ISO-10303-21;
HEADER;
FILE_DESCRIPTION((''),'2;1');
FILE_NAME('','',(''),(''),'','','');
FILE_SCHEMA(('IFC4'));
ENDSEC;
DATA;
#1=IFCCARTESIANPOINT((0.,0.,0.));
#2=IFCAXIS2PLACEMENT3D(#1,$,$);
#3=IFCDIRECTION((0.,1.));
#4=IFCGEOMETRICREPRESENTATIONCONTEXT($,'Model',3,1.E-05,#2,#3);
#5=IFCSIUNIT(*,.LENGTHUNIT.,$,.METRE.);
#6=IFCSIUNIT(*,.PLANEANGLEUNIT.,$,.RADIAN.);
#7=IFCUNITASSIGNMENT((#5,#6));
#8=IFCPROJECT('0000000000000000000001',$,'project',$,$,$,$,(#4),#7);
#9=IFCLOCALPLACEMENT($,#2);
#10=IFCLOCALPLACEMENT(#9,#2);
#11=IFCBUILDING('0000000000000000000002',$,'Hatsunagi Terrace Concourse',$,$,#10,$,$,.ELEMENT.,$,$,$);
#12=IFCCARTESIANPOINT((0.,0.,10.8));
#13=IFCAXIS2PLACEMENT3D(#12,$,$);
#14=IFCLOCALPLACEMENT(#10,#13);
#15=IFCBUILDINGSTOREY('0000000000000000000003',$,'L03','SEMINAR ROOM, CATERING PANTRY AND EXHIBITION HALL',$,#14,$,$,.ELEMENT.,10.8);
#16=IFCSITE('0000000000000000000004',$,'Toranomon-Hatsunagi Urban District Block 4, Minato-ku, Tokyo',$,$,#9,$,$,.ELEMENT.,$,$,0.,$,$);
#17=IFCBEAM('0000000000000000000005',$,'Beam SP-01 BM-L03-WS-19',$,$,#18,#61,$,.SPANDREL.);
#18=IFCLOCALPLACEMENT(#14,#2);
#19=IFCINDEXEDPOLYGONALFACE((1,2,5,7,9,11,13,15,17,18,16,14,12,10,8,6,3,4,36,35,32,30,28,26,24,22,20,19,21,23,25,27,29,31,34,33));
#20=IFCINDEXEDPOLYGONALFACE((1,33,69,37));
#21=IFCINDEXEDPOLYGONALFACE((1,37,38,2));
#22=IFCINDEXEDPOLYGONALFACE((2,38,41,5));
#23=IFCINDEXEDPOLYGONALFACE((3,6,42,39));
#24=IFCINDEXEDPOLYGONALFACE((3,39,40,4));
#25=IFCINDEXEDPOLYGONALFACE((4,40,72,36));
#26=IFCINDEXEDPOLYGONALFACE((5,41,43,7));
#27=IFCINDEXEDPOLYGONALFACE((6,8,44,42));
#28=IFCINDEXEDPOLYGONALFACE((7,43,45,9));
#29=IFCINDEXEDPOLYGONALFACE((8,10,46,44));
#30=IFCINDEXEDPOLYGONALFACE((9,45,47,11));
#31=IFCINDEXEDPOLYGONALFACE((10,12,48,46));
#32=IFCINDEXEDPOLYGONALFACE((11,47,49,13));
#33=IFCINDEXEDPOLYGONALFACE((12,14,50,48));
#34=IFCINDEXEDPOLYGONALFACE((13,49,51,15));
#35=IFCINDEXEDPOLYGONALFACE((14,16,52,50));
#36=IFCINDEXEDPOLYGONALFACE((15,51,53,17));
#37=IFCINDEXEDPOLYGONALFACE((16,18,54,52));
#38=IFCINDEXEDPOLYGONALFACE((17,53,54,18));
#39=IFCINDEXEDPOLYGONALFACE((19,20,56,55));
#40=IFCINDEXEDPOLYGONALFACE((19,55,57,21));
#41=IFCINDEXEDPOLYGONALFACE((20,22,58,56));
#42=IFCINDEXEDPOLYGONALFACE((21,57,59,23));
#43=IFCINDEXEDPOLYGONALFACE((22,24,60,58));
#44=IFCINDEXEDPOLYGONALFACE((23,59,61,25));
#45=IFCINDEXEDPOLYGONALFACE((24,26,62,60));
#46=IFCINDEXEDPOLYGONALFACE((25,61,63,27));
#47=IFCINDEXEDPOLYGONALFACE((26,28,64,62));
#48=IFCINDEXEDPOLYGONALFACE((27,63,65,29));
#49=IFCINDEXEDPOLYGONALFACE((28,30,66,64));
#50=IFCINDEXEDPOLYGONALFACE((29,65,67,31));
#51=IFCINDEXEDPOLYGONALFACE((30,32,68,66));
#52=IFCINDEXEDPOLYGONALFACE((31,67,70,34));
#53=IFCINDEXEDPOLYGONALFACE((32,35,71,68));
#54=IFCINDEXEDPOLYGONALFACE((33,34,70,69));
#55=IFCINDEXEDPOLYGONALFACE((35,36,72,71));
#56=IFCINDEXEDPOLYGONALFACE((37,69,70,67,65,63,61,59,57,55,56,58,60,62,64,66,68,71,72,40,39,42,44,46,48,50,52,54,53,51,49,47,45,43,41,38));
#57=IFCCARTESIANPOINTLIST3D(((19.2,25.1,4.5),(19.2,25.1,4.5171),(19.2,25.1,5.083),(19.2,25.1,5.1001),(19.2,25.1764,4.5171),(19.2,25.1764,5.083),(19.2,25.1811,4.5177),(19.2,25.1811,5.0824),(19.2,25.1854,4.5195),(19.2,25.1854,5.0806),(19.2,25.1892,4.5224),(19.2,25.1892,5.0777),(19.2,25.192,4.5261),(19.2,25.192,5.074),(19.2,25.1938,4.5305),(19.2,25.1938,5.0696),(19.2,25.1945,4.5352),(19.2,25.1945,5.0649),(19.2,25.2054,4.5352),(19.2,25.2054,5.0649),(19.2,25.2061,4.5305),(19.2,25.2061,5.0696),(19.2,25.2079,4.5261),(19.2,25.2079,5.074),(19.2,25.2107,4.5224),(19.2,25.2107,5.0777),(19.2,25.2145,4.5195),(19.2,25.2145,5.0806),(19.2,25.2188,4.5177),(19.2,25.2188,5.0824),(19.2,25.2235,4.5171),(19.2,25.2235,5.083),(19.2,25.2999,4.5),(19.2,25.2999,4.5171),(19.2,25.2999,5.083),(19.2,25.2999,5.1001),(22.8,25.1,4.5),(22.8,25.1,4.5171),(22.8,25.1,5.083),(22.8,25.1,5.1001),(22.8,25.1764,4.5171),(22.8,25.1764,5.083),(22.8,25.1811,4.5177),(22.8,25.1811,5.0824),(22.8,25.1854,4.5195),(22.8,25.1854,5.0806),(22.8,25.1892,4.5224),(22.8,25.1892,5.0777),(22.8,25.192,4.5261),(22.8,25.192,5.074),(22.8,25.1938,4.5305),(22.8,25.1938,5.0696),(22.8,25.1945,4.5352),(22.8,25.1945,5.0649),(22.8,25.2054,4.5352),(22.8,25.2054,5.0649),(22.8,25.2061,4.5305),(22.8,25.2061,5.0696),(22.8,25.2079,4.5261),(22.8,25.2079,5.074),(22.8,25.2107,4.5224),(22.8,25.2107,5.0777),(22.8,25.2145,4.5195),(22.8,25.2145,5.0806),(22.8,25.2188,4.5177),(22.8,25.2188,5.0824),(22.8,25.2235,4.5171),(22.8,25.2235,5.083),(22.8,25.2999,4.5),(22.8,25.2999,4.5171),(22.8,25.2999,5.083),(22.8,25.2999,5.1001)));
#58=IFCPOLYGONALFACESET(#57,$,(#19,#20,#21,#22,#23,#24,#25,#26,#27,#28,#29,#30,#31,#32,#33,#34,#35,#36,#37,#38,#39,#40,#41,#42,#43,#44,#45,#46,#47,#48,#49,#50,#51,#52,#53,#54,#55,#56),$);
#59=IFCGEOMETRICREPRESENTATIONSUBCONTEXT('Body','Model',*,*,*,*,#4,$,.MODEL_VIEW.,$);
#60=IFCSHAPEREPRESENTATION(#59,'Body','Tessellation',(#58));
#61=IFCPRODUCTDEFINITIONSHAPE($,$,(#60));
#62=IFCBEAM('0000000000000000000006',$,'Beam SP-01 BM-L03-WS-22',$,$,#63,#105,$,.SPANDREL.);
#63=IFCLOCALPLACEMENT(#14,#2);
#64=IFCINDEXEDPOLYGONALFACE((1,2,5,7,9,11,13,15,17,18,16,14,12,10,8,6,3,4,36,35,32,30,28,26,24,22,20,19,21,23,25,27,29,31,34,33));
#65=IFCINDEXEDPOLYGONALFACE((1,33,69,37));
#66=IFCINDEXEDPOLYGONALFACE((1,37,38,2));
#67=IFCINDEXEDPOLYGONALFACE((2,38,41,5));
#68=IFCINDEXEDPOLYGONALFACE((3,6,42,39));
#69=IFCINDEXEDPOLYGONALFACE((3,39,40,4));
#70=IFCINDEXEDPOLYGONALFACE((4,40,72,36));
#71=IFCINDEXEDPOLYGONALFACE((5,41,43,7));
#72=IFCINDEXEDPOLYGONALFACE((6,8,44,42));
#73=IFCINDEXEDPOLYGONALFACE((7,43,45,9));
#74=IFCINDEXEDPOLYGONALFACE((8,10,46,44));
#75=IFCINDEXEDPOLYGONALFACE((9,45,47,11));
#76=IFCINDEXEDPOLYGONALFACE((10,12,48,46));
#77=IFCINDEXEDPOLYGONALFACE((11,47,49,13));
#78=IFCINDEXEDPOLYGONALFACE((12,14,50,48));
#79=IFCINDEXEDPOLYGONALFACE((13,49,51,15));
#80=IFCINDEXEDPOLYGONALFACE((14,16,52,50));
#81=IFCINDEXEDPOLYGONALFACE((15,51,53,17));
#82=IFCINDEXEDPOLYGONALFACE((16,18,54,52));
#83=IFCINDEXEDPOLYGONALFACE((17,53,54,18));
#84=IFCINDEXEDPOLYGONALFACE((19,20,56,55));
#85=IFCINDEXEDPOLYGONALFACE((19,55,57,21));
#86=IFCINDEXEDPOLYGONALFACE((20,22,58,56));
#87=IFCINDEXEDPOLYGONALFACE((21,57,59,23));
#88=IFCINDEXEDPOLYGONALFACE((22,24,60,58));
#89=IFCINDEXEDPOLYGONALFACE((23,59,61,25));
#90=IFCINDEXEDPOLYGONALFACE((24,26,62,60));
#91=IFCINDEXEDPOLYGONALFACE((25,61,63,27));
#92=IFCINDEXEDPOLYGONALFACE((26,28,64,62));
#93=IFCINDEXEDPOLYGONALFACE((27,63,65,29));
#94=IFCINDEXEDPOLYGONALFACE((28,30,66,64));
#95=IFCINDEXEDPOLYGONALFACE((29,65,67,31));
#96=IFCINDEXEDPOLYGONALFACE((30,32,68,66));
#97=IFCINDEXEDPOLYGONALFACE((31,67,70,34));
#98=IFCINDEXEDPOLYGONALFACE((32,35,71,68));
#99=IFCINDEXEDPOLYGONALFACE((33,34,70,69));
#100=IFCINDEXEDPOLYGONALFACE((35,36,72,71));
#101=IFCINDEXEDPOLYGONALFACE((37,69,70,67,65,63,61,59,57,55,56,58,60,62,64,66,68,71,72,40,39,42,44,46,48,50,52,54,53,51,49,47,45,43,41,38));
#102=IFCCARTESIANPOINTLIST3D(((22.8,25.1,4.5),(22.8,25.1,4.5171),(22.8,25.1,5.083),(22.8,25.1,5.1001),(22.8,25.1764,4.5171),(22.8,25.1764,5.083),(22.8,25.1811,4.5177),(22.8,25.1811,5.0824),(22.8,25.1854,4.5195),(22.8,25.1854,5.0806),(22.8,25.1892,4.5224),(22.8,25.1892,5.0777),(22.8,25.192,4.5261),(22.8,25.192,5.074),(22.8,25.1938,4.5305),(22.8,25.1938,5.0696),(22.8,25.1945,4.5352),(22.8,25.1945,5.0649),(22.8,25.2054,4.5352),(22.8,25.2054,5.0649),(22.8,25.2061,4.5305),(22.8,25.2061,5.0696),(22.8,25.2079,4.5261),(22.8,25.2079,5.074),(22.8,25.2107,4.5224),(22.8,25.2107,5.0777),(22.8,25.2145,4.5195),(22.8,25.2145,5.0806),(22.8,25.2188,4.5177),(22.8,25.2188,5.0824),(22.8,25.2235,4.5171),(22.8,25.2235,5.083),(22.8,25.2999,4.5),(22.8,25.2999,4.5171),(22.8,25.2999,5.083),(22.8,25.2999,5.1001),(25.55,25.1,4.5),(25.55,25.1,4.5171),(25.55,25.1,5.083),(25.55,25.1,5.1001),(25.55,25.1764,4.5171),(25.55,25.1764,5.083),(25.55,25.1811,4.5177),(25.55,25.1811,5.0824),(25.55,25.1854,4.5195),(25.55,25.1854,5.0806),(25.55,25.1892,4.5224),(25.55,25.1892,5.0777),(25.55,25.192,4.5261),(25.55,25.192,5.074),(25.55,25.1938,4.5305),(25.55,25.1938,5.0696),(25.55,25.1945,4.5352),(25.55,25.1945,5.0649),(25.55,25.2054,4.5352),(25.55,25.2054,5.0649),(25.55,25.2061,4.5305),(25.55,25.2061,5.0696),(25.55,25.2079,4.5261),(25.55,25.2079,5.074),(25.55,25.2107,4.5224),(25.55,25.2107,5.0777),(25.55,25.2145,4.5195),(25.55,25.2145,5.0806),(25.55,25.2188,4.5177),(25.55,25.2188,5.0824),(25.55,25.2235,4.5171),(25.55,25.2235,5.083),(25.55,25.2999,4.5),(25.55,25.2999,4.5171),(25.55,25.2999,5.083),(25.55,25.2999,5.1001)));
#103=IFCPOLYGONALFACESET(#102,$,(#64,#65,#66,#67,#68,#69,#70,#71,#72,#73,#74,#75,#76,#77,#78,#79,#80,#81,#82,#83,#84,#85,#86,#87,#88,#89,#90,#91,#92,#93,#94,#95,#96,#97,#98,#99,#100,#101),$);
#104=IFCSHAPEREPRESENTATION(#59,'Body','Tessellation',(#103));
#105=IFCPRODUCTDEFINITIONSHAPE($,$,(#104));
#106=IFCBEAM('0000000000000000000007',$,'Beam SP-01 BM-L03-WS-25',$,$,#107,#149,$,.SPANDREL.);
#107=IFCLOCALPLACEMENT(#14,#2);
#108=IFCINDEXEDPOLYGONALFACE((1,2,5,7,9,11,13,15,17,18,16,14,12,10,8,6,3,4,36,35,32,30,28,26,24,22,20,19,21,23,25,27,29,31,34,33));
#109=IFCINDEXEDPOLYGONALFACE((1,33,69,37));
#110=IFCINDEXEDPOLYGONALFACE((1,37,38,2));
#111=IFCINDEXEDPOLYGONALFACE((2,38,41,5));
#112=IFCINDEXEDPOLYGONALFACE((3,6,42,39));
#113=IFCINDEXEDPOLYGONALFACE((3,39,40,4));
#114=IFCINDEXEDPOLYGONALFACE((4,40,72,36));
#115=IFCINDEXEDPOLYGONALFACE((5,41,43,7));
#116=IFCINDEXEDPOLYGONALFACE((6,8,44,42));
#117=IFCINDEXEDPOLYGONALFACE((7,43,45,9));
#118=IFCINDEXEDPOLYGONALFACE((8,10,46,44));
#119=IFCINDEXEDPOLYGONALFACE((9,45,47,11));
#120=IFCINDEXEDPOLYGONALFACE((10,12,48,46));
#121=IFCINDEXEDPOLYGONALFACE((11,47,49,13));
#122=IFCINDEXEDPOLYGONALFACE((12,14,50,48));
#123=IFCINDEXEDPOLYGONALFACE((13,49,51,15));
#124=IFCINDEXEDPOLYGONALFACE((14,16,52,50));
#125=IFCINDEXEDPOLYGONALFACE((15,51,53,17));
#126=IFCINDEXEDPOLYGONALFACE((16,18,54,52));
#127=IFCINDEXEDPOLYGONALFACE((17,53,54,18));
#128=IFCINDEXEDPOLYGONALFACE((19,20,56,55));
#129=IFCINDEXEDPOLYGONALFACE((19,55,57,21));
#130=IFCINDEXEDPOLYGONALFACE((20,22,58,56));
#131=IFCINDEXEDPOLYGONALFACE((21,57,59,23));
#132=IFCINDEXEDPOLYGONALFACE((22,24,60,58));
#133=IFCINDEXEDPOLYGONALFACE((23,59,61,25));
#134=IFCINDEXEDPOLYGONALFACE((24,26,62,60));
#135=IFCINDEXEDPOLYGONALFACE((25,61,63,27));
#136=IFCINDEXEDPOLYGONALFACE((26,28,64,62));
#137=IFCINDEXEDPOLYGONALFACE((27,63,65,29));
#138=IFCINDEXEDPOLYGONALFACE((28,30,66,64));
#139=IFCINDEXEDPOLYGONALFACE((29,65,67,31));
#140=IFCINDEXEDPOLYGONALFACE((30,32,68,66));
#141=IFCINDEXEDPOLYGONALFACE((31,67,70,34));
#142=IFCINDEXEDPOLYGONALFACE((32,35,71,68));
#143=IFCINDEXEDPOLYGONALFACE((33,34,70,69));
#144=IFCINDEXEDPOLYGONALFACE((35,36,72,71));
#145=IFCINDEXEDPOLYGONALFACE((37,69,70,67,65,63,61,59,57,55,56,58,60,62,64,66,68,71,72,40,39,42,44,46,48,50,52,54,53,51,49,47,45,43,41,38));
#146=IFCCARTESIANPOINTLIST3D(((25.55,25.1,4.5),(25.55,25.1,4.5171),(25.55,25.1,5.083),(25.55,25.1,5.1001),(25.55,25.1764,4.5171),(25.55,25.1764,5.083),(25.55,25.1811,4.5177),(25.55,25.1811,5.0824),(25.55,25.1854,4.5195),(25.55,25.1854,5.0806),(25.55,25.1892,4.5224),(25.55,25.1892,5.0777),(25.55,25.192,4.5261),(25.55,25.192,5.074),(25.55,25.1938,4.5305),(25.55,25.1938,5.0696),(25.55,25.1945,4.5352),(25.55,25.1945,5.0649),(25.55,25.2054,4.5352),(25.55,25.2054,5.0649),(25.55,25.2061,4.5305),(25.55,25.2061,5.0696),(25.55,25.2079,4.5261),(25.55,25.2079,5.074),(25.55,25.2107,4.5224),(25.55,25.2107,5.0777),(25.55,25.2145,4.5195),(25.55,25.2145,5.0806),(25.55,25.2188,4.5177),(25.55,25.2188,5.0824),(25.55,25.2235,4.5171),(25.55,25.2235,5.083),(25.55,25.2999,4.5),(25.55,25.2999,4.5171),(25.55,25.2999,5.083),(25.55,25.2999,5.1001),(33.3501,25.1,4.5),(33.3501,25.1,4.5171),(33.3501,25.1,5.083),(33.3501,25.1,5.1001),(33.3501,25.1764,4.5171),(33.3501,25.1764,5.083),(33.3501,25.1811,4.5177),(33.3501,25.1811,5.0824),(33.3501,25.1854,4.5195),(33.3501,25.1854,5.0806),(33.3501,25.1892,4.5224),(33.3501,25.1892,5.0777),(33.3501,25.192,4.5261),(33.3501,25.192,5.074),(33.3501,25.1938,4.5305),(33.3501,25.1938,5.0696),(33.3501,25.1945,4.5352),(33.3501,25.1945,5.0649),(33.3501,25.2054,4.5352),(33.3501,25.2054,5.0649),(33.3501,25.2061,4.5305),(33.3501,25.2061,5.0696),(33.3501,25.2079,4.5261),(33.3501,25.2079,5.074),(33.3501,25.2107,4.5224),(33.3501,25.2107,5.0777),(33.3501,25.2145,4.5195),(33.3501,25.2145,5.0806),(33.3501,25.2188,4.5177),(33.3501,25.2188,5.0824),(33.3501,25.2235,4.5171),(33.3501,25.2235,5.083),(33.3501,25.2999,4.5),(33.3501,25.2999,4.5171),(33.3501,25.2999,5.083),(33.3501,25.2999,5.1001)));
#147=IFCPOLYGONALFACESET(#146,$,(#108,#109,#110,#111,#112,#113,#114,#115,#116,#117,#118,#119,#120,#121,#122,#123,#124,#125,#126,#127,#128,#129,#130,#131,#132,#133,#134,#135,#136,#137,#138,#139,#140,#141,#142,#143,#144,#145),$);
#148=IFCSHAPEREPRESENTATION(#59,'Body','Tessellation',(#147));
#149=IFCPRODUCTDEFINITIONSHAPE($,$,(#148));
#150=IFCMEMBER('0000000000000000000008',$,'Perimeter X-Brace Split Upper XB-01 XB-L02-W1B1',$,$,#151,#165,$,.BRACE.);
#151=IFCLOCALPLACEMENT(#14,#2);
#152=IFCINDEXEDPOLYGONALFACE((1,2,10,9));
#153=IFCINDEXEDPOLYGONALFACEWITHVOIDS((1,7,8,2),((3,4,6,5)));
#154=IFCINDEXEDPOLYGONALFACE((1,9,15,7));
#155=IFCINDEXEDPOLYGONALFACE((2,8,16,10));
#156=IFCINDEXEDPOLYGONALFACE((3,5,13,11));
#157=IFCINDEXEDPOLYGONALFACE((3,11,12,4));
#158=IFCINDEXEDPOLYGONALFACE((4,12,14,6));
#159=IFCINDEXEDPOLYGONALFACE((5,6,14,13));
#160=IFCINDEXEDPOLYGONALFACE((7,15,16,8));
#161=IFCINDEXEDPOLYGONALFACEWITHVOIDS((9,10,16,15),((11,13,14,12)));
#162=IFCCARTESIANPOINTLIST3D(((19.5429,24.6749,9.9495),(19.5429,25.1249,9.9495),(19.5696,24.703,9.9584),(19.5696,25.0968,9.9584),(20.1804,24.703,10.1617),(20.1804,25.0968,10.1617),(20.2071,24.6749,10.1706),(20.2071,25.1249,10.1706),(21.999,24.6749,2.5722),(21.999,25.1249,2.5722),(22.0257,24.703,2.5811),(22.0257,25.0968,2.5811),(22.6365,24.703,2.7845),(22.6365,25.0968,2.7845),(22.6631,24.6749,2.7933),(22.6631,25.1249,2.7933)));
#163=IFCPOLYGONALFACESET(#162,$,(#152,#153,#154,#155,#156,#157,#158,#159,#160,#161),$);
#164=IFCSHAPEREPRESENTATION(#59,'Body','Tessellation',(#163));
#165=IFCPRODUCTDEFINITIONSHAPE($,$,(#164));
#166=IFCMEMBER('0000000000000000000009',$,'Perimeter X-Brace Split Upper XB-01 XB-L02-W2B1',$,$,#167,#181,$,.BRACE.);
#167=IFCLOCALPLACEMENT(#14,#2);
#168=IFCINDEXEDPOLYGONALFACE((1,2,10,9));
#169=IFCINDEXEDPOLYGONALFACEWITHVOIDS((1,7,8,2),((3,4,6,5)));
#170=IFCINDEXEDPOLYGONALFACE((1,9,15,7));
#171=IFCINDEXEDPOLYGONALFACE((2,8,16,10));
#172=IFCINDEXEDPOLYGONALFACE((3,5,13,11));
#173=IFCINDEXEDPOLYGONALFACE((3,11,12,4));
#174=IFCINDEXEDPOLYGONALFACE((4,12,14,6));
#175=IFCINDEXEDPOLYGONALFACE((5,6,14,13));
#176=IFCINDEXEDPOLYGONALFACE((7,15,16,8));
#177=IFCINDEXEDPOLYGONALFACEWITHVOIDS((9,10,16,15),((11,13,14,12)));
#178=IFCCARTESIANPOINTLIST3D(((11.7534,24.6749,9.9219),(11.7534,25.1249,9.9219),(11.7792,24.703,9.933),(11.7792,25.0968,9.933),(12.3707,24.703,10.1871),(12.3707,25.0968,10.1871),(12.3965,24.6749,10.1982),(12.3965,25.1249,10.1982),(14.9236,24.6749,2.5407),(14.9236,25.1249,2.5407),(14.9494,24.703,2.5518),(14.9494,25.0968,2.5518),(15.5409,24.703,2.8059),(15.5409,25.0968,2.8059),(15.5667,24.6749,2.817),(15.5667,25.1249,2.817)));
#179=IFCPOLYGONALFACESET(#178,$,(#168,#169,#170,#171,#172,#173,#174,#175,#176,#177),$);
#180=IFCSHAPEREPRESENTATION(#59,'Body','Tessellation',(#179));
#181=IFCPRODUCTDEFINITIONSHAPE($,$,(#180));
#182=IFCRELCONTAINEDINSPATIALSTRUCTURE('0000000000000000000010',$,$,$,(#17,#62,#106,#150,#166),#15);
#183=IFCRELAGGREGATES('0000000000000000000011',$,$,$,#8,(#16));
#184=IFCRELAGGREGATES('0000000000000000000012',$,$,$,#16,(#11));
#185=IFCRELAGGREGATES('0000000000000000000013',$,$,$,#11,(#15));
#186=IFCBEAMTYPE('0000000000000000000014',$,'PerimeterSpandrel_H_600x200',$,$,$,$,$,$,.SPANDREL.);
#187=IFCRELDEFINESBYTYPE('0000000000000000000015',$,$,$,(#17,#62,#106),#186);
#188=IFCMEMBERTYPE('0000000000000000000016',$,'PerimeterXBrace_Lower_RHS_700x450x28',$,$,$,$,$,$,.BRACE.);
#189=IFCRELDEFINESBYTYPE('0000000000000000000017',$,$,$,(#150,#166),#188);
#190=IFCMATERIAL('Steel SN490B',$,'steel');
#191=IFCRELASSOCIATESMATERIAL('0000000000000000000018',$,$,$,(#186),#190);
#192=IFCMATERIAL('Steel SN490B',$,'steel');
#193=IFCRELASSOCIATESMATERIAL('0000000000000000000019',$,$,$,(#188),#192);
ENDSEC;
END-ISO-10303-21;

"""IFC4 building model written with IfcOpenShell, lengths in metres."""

from ifc_helpers import new_model, si_unit, direction, frame, origin, origin_2d, place, context, subcontext, project, spatial, hollow_rectangle, i_section, extrude, material, material_profile, profile_set, type_object, element, save


model = new_model("IFC4")

# Units and contexts
model_context = context("Model", 3, precision=1e-05, world=origin(), true_north=direction((0.0, 1.0)))
body_context = subcontext(model_context, "Body", "Model", "MODEL_VIEW")
ifc_project = project(units=[si_unit("LENGTHUNIT", "METRE"), si_unit("PLANEANGLEUNIT", "RADIAN")], contexts=[model_context])

# Site, building, storey
site_placement = place(None, origin())
site = spatial("IfcSite", under=ifc_project, at=site_placement, Name="Toranomon-Hatsunagi Urban District Block 4, Minato-ku, Tokyo", CompositionType="ELEMENT", RefElevation=0.0)
building_placement = place(site_placement, origin())
building = spatial("IfcBuilding", under=site, at=building_placement, Name="Hatsunagi Terrace Concourse", CompositionType="ELEMENT")
storey_placement = place(building_placement, frame((0.0, 0.0, 10.8)))
storey = spatial("IfcBuildingStorey", under=building, at=storey_placement, Name="L03", Description="SEMINAR ROOM, CATERING PANTRY AND EXHIBITION HALL", CompositionType="ELEMENT", Elevation=10.8)

# Beams
ifc_material_1 = material(Name="Steel SN490B", Category="steel")
ifc_material_profile_1 = material_profile(ifc_material_1, i_section(OverallWidth=0.2, OverallDepth=0.6001, WebThickness=0.011, FlangeThickness=0.0171, FilletRadius=0.0181, at=origin_2d()), Name="H-600x200x11x17")
ifc_profile_set_1 = profile_set([ifc_material_profile_1], Name="Steel SN490B")
beam_type_1 = type_object("IfcBeamType", Name="PerimeterSpandrel_H_600x200", PredefinedType="SPANDREL", material=ifc_profile_set_1)
beam_1_placement = place(storey_placement, frame((19.2, 25.2, 4.8), z_axis=(1.0, 0.0, 0.0), x_axis=(0.0, 1.0, 0.0)))
element("IfcBeam", 1, at=beam_1_placement, inside=storey, type_object=beam_type_1, Name="Beam SP-01 BM-L03-WS-19", PredefinedType="SPANDREL", context=body_context, shape_type="SweptSolid", body=[
    extrude(i_section(OverallWidth=0.2, OverallDepth=0.6001, WebThickness=0.011, FlangeThickness=0.0171, FilletRadius=0.0181, at=origin_2d()), origin(), (0.0, 0.0, 1.0), 3.6001),
])
beam_2_placement = place(storey_placement, frame((22.8, 25.2, 4.8), z_axis=(1.0, 0.0, 0.0), x_axis=(0.0, 1.0, 0.0)))
element("IfcBeam", 2, at=beam_2_placement, inside=storey, type_object=beam_type_1, Name="Beam SP-01 BM-L03-WS-22", PredefinedType="SPANDREL", context=body_context, shape_type="SweptSolid", body=[
    extrude(i_section(OverallWidth=0.2, OverallDepth=0.6001, WebThickness=0.011, FlangeThickness=0.0171, FilletRadius=0.0181, at=origin_2d()), origin(), (0.0, 0.0, 1.0), 2.75),
])
beam_3_placement = place(storey_placement, frame((25.55, 25.2, 4.8), z_axis=(1.0, 0.0, 0.0), x_axis=(0.0, 1.0, 0.0)))
element("IfcBeam", 3, at=beam_3_placement, inside=storey, type_object=beam_type_1, Name="Beam SP-01 BM-L03-WS-25", PredefinedType="SPANDREL", context=body_context, shape_type="SweptSolid", body=[
    extrude(i_section(OverallWidth=0.2, OverallDepth=0.6001, WebThickness=0.011, FlangeThickness=0.0171, FilletRadius=0.0181, at=origin_2d()), origin(), (0.0, 0.0, 1.0), 7.8),
])

# Members
ifc_material_2 = material(Name="Steel SN490B", Category="steel")
ifc_material_profile_2 = material_profile(ifc_material_2, hollow_rectangle(XDim=0.45, YDim=0.7, WallThickness=0.0281, at=origin_2d()), Name="RHS-700x450x28")
ifc_profile_set_2 = profile_set([ifc_material_profile_2], Name="Steel SN490B")
member_type_1 = type_object("IfcMemberType", Name="PerimeterXBrace_Lower_RHS_700x450x28", PredefinedType="BRACE", material=ifc_profile_set_2)
member_1_placement = place(storey_placement, frame((19.875, 24.8999, 10.0601), z_axis=(0.315879, 0.0, -0.948799), x_axis=(0.0, 1.0, 0.0)))
element("IfcMember", 4, at=member_1_placement, inside=storey, type_object=member_type_1, Name="Perimeter X-Brace Split Upper XB-01 XB-L02-W1B1", PredefinedType="BRACE", context=body_context, shape_type="SweptSolid", body=[
    extrude(hollow_rectangle(XDim=0.45, YDim=0.7, WallThickness=0.0281, at=origin_2d()), origin(), (0.0, 0.0, 1.0), 7.7754),
])
member_2_placement = place(storey_placement, frame((12.075, 24.8999, 10.0601), z_axis=(0.394638, 0.0, -0.918837), x_axis=(0.0, 1.0, 0.0)))
element("IfcMember", 5, at=member_2_placement, inside=storey, type_object=member_type_1, Name="Perimeter X-Brace Split Upper XB-01 XB-L02-W2B1", PredefinedType="BRACE", context=body_context, shape_type="SweptSolid", body=[
    extrude(hollow_rectangle(XDim=0.45, YDim=0.7, WallThickness=0.0281, at=origin_2d()), origin(), (0.0, 0.0, 1.0), 8.0332),
])

save(model, "model.ifc")
